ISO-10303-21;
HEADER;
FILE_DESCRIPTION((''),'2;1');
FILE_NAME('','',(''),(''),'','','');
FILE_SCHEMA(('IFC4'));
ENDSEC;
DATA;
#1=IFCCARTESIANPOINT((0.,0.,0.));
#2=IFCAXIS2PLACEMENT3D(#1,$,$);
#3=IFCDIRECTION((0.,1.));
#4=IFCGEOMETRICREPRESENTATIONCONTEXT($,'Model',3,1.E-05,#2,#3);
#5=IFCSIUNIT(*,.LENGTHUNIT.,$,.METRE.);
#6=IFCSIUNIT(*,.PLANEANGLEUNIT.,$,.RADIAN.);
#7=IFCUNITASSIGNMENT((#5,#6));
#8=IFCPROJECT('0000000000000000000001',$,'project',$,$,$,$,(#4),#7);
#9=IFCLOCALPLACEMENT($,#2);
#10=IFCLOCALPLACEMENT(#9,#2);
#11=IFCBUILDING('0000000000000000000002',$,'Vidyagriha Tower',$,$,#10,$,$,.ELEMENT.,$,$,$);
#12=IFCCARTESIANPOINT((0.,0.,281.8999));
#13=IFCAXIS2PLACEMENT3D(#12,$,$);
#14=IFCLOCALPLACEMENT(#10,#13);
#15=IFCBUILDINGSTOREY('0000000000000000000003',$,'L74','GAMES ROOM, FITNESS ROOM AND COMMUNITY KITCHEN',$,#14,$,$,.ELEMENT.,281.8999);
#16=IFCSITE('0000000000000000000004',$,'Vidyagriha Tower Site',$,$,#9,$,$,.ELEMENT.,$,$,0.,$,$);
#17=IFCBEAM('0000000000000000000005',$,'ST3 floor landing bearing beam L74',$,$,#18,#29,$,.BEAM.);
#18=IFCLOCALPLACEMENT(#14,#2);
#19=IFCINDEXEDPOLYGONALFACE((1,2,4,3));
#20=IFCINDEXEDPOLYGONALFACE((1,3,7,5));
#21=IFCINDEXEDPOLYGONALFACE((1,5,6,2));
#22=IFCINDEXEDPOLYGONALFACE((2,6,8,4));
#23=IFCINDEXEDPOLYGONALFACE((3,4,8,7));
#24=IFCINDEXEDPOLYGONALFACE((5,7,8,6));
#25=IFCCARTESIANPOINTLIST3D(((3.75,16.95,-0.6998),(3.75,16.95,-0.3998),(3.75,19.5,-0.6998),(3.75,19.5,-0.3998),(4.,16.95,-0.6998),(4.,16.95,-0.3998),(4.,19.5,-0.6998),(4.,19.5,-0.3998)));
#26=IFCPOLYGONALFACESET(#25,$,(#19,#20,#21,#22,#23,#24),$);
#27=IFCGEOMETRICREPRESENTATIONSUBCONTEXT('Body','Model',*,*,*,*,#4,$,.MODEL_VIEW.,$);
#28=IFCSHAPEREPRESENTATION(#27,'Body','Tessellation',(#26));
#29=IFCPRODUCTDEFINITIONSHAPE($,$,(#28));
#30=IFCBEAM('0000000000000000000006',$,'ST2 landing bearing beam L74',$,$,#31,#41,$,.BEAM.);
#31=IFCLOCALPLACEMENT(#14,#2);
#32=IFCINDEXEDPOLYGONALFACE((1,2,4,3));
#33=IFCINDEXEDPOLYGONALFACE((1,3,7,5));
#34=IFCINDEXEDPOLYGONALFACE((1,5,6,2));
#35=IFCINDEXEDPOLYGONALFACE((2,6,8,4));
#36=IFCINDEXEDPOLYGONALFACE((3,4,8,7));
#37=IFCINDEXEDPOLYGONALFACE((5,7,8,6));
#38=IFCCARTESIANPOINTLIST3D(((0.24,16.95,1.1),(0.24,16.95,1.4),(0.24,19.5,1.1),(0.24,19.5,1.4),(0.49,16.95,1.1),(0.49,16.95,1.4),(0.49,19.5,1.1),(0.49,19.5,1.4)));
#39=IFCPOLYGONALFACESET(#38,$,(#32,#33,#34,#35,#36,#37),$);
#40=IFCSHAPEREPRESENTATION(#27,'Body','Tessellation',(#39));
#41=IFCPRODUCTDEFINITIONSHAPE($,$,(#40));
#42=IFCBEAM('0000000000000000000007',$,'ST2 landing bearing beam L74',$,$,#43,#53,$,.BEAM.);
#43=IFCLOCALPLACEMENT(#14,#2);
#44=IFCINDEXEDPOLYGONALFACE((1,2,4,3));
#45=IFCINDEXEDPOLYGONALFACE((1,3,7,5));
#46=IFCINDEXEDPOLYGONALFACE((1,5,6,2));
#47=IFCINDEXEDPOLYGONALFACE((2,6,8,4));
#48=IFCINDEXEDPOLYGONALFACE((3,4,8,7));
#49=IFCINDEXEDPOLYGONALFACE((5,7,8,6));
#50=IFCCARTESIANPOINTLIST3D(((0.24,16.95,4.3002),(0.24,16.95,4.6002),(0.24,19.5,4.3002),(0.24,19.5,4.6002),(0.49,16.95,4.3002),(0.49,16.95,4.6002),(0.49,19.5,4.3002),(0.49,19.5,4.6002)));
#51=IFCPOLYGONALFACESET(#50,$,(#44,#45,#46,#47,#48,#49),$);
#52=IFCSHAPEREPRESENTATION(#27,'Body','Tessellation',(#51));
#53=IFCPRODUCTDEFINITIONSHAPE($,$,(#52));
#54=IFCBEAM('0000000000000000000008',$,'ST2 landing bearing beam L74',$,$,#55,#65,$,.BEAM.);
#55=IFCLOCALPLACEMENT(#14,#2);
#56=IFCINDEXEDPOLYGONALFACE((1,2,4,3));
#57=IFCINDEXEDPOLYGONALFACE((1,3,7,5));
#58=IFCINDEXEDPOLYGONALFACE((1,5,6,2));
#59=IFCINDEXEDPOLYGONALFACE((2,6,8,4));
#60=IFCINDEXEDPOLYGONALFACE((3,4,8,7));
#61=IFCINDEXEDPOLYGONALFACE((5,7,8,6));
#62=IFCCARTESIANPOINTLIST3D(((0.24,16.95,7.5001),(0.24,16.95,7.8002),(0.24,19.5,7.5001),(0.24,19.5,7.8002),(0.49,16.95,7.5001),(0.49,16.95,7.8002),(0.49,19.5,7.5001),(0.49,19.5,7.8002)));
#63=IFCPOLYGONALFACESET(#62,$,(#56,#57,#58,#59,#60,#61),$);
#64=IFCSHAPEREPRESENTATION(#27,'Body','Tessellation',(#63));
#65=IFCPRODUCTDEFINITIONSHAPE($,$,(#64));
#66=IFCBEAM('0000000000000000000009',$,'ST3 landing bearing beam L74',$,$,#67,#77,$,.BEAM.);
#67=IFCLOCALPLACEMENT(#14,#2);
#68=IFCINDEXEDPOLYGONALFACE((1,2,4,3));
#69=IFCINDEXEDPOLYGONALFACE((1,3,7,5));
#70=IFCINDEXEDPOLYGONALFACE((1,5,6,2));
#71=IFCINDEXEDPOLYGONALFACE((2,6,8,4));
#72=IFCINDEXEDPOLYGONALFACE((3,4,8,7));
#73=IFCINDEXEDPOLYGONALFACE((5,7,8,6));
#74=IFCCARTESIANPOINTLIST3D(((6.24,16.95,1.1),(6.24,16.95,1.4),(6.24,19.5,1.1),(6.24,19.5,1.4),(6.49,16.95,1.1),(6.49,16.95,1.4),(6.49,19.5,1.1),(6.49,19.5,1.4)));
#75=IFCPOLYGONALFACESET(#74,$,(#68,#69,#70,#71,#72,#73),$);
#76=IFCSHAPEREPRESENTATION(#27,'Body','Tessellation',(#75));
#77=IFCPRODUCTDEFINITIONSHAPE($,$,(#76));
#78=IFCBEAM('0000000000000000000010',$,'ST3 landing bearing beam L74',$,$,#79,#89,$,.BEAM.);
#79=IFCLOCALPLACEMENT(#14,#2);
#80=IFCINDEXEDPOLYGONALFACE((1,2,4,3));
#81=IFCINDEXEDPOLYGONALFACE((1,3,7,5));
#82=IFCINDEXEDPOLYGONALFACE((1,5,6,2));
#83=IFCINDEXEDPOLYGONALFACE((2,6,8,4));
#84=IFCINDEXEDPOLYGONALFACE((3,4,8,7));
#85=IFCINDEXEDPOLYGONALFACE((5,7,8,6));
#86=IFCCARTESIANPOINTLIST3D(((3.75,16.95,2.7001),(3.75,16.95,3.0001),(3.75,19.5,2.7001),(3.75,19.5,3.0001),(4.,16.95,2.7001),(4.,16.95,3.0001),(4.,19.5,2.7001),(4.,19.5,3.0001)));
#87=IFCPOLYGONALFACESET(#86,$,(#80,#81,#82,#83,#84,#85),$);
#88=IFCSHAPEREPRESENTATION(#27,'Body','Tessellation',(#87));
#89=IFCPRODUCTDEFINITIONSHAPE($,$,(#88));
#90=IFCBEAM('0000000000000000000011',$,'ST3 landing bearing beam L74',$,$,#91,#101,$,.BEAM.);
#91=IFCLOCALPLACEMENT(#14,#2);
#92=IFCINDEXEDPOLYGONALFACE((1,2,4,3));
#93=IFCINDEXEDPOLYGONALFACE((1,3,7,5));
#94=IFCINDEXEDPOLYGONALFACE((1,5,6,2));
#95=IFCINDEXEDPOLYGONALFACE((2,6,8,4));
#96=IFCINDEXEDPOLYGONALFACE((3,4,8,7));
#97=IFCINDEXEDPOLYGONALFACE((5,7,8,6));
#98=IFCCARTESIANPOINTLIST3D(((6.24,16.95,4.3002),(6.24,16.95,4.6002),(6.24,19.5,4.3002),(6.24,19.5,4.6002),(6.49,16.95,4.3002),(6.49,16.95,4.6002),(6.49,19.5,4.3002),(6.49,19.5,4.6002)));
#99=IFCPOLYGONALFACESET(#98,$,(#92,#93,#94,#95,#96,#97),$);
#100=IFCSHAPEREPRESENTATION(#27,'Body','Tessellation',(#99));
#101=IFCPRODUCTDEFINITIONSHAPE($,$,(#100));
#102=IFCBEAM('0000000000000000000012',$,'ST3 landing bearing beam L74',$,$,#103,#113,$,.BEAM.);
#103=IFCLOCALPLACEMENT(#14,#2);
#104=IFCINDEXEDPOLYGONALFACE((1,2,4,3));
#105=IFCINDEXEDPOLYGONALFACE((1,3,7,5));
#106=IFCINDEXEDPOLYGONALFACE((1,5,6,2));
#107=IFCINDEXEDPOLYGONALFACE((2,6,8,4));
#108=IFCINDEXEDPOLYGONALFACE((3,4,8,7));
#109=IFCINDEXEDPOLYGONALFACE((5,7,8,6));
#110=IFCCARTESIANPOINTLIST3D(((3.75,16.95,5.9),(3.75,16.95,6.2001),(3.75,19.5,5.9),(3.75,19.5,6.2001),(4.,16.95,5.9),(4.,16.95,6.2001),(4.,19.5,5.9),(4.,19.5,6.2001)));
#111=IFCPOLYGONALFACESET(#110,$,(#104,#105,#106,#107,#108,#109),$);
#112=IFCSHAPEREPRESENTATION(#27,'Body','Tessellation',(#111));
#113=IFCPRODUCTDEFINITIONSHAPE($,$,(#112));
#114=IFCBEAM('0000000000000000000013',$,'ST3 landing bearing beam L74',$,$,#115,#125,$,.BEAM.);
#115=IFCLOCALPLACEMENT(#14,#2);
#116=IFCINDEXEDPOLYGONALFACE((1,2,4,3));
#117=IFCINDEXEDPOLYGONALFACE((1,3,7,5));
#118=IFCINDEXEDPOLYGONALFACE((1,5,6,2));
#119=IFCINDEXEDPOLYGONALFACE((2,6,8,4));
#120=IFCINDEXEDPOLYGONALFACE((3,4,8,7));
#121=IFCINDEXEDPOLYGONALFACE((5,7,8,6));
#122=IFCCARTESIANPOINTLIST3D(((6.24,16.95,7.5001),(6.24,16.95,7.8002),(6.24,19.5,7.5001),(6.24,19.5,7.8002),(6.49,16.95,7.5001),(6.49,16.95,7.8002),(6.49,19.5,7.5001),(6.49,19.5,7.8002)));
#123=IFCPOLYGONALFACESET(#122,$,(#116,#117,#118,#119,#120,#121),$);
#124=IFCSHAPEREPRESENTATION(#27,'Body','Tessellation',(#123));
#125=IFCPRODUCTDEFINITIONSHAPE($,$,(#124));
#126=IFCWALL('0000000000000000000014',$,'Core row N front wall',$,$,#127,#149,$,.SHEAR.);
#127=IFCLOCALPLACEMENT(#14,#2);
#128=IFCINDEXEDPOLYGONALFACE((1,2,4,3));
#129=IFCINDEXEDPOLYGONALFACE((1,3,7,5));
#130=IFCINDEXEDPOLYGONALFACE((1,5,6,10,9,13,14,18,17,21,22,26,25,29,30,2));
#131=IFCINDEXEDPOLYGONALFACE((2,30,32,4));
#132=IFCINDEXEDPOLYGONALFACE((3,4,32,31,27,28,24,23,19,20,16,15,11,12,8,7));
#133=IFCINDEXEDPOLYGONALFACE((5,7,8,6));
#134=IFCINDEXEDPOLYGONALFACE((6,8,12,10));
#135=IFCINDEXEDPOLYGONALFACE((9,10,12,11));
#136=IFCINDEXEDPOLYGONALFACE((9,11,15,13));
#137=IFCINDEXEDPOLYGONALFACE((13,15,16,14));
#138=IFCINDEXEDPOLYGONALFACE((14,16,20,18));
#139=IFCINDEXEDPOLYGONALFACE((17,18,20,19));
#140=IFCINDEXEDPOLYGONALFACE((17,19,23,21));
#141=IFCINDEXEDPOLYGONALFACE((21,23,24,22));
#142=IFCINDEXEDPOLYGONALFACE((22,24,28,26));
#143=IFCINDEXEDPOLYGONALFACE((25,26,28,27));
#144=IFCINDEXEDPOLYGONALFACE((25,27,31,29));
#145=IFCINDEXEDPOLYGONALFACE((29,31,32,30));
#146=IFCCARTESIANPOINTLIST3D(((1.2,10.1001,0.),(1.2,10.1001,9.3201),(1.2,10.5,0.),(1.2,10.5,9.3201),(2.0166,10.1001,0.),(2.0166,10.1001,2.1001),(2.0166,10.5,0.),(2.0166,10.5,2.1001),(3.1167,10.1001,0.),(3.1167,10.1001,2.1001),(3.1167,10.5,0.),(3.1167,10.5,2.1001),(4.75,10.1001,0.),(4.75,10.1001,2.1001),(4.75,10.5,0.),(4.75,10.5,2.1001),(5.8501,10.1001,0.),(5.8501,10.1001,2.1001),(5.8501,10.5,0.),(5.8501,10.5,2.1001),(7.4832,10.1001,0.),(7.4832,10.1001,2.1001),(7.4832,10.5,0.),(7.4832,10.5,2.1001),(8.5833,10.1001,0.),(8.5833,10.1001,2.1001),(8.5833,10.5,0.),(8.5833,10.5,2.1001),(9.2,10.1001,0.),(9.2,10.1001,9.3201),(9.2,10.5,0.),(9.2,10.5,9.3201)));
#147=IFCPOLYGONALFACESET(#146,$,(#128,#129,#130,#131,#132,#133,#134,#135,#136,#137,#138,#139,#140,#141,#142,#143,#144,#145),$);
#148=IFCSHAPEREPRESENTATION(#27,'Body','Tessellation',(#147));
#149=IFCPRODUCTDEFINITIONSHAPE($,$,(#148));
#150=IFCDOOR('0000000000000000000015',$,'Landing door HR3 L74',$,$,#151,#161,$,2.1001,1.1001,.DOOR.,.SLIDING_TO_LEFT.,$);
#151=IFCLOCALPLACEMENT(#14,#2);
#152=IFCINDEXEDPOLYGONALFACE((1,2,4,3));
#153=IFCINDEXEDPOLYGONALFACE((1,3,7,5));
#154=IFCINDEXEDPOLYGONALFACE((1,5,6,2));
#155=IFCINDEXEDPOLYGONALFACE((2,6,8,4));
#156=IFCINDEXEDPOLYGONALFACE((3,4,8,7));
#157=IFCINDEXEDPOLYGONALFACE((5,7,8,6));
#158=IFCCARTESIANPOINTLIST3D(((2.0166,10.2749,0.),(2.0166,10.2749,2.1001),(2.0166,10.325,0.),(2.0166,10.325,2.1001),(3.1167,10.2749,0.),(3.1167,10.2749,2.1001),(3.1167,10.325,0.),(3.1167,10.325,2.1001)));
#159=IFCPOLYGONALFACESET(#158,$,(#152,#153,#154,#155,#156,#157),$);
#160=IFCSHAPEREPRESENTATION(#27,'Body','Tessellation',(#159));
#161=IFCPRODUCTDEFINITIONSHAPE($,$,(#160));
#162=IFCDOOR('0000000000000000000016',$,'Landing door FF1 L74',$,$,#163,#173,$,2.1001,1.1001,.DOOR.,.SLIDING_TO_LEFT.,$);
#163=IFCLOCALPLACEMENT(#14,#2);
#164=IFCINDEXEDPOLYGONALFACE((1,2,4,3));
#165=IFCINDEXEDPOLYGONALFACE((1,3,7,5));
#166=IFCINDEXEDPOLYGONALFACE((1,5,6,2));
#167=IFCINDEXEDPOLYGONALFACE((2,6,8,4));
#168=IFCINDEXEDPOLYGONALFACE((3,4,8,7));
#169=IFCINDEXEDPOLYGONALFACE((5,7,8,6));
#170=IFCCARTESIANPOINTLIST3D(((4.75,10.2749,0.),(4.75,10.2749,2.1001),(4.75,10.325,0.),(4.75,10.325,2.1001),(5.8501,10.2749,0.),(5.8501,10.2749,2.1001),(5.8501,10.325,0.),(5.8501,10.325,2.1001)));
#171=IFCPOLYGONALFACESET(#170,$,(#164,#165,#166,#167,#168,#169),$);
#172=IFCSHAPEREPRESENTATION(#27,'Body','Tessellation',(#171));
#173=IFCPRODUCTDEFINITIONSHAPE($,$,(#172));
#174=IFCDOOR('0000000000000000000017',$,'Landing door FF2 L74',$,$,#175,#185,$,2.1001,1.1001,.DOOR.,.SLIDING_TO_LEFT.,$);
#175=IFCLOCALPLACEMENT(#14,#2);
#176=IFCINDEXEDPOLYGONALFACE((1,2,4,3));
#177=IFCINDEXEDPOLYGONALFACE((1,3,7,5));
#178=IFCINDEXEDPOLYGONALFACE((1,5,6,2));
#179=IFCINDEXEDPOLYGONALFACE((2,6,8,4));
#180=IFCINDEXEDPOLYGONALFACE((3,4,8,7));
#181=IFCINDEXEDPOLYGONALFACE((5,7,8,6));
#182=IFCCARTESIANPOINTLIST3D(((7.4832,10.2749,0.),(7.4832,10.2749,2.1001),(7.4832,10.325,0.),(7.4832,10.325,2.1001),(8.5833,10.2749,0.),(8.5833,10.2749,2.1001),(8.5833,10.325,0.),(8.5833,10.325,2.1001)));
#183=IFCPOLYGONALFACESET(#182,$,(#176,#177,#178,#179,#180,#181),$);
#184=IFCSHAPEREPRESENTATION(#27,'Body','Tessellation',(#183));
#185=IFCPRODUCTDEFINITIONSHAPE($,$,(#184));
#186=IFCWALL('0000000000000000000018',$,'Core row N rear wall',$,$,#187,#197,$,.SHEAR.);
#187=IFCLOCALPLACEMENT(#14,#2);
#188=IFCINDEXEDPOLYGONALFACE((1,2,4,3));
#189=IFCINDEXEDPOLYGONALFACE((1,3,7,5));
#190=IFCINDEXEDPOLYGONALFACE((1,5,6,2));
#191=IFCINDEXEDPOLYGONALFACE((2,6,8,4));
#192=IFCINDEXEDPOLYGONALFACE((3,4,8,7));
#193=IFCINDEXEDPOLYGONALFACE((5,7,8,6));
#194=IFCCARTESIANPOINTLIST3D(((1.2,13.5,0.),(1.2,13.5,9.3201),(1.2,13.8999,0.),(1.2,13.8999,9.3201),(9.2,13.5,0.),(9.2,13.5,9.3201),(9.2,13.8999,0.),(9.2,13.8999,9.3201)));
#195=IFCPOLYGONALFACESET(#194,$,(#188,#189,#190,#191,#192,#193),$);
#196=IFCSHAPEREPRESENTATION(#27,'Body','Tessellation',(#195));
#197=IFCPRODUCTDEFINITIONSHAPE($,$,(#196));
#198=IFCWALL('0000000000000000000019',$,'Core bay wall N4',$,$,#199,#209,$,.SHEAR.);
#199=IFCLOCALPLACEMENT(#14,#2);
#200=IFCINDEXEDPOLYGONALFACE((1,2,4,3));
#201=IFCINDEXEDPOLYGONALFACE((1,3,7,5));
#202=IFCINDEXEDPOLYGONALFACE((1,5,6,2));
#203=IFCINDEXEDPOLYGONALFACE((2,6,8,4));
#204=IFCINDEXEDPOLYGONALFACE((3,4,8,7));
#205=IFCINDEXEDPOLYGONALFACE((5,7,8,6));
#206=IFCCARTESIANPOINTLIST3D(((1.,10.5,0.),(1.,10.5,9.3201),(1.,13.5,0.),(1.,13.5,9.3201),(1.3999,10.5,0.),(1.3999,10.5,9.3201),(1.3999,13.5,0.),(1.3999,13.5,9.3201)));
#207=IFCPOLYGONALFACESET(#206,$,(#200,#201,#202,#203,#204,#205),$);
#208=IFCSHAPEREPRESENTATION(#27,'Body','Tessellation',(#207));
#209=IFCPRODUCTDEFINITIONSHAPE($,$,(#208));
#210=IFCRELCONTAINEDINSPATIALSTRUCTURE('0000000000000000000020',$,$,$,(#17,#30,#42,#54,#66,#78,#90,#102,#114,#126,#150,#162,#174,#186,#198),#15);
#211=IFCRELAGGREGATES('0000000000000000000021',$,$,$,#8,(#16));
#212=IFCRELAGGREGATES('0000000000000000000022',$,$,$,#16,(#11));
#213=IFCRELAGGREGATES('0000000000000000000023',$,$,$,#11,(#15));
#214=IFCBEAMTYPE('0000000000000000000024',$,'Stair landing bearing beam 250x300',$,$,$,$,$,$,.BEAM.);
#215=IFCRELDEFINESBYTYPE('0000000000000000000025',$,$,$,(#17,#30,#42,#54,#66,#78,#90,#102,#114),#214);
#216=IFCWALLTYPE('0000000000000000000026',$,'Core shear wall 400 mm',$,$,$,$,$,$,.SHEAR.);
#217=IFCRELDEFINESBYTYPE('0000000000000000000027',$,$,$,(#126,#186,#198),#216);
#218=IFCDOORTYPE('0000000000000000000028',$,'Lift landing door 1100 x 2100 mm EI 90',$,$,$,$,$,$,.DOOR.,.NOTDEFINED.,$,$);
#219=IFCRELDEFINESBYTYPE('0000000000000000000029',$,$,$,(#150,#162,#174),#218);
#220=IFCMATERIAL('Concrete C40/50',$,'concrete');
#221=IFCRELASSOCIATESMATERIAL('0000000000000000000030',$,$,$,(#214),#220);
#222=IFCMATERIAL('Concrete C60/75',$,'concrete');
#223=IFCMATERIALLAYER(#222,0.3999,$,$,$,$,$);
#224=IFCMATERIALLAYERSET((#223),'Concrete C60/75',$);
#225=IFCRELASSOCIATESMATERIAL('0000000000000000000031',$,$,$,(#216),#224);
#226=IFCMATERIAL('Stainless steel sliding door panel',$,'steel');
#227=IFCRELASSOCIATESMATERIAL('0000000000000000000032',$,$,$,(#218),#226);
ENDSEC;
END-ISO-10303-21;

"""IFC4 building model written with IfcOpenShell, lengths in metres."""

from ifc_helpers import new_model, si_unit, direction, frame, frame_2d, origin, origin_2d, place, context, subcontext, project, spatial, rectangle, extrude, material, layer, layer_set, material_profile, profile_set, type_object, element, fill, save


model = new_model("IFC4")

# Units and contexts
model_context = context("Model", 3, precision=1e-05, world=origin(), true_north=direction((0.0, 1.0)))
body_context = subcontext(model_context, "Body", "Model", "MODEL_VIEW")
ifc_project = project(units=[si_unit("LENGTHUNIT", "METRE"), si_unit("PLANEANGLEUNIT", "RADIAN")], contexts=[model_context])

# Site, building, storey
site_placement = place(None, origin())
site = spatial("IfcSite", under=ifc_project, at=site_placement, Name="Vidyagriha Tower Site", CompositionType="ELEMENT", RefElevation=0.0)
building_placement = place(site_placement, origin())
building = spatial("IfcBuilding", under=site, at=building_placement, Name="Vidyagriha Tower", CompositionType="ELEMENT")
storey_placement = place(building_placement, frame((0.0, 0.0, 281.8999)))
storey = spatial("IfcBuildingStorey", under=building, at=storey_placement, Name="L74", Description="GAMES ROOM, FITNESS ROOM AND COMMUNITY KITCHEN", CompositionType="ELEMENT", Elevation=281.8999)

# Beams
ifc_material_1 = material(Name="Concrete C40/50", Category="concrete")
ifc_material_profile = material_profile(ifc_material_1, rectangle(XDim=0.25, YDim=0.3, at=origin_2d()), Name="Stair landing bearing beam 250x300")
ifc_profile_set = profile_set([ifc_material_profile], Name="Concrete C40/50")
beam_type = type_object("IfcBeamType", Name="Stair landing bearing beam 250x300", PredefinedType="BEAM", material=ifc_profile_set)
for number, where, z_axis, x_axis, name in (
    (1, (3.875, 16.95, -0.5498), (0.0, 1.0, 0.0), (-1.0, 0.0, 0.0), "ST3 floor landing bearing beam L74"),
    (2, (0.365, 16.95, 1.25), (0.0, 1.0, 0.0), (-1.0, 0.0, 0.0), "ST2 landing bearing beam L74"),
    (3, (0.365, 16.95, 4.4502), (0.0, 1.0, 0.0), (-1.0, 0.0, 0.0), "ST2 landing bearing beam L74"),
    (4, (0.365, 16.95, 7.6501), (0.0, 1.0, 0.0), (-1.0, 0.0, 0.0), "ST2 landing bearing beam L74"),
    (5, (6.365, 16.95, 1.25), (0.0, 1.0, 0.0), (-1.0, 0.0, 0.0), "ST3 landing bearing beam L74"),
    (6, (3.875, 16.95, 2.8501), (0.0, 1.0, 0.0), (-1.0, 0.0, 0.0), "ST3 landing bearing beam L74"),
    (7, (6.365, 16.95, 4.4502), (0.0, 1.0, 0.0), (-1.0, 0.0, 0.0), "ST3 landing bearing beam L74"),
    (8, (3.875, 16.95, 6.05), (0.0, 1.0, 0.0), (-1.0, 0.0, 0.0), "ST3 landing bearing beam L74"),
    (9, (6.365, 16.95, 7.6501), (0.0, 1.0, 0.0), (-1.0, 0.0, 0.0), "ST3 landing bearing beam L74"),
):
    element("IfcBeam", number, at=place(storey_placement, frame(where, z_axis=z_axis, x_axis=x_axis)), inside=storey, type_object=beam_type, Name=name, PredefinedType="BEAM", context=body_context, shape_type="SweptSolid", body=[
        extrude(rectangle(XDim=0.25, YDim=0.3, at=origin_2d()), origin(), (0.0, 0.0, 1.0), 2.55),
    ])

# Wall, openings, doors
ifc_material_2 = material(Name="Concrete C60/75", Category="concrete")
ifc_layer_1 = layer(ifc_material_2, 0.3999)
ifc_layer_set_1 = layer_set([ifc_layer_1], Name="Concrete C60/75")
wall_type_1 = type_object("IfcWallType", Name="Core shear wall 400 mm", PredefinedType="SHEAR", material=ifc_layer_set_1)
wall_1_placement = place(storey_placement, frame((1.2, 10.3, 0.0)))
wall_1 = element("IfcWall", 10, at=wall_1_placement, inside=storey, type_object=wall_type_1, Name="Core row N front wall", PredefinedType="SHEAR", context=body_context, shape_type="SweptSolid", body=[
    extrude(rectangle(XDim=8.0, YDim=0.3999, at=frame_2d((4.0, 0.0))), origin(), (0.0, 0.0, 1.0), 9.3201),
])
opening_1_placement = place(wall_1_placement, frame((0.8167, 0.0, 0.0)))
opening_1 = element("IfcOpeningElement", 11, at=opening_1_placement, cuts=wall_1, PredefinedType="OPENING", context=body_context, shape_type="SweptSolid", body=[
    extrude(rectangle(XDim=1.1001, YDim=2.1001, at=frame_2d((0.55, 1.05))), frame((0.0, 0.21, 0.0), z_axis=(0.0, -1.0, 0.0), x_axis=(1.0, 0.0, 0.0)), (0.0, 0.0, 1.0), 0.4199),
])
opening_2_placement = place(wall_1_placement, frame((3.55, 0.0, 0.0)))
opening_2 = element("IfcOpeningElement", 12, at=opening_2_placement, cuts=wall_1, PredefinedType="OPENING", context=body_context, shape_type="SweptSolid", body=[
    extrude(rectangle(XDim=1.1001, YDim=2.1001, at=frame_2d((0.55, 1.05))), frame((0.0, 0.21, 0.0), z_axis=(0.0, -1.0, 0.0), x_axis=(1.0, 0.0, 0.0)), (0.0, 0.0, 1.0), 0.4199),
])
opening_3_placement = place(wall_1_placement, frame((6.2832, 0.0, 0.0)))
opening_3 = element("IfcOpeningElement", 13, at=opening_3_placement, cuts=wall_1, PredefinedType="OPENING", context=body_context, shape_type="SweptSolid", body=[
    extrude(rectangle(XDim=1.1001, YDim=2.1001, at=frame_2d((0.55, 1.05))), frame((0.0, 0.21, 0.0), z_axis=(0.0, -1.0, 0.0), x_axis=(1.0, 0.0, 0.0)), (0.0, 0.0, 1.0), 0.4199),
])
ifc_material_3 = material(Name="Stainless steel sliding door panel", Category="steel")
door_type = type_object("IfcDoorType", Name="Lift landing door 1100 x 2100 mm EI 90", OperationType="NOTDEFINED", PredefinedType="DOOR", material=ifc_material_3)
door_1_placement = place(opening_1_placement, origin())
door_1 = element("IfcDoor", 14, at=door_1_placement, inside=storey, type_object=door_type, Name="Landing door HR3 L74", OperationType="SLIDING_TO_LEFT", OverallHeight=2.1001, OverallWidth=1.1001, PredefinedType="DOOR", context=body_context, shape_type="SweptSolid", body=[
    extrude(rectangle(XDim=1.1001, YDim=2.1001, at=frame_2d((0.55, 1.05))), frame((0.0, 0.0249, 0.0), z_axis=(0.0, -1.0, 0.0), x_axis=(1.0, 0.0, 0.0)), (0.0, 0.0, 1.0), 0.05),
])
fill(opening_1, door_1)
door_2_placement = place(opening_2_placement, origin())
door_2 = element("IfcDoor", 15, at=door_2_placement, inside=storey, type_object=door_type, Name="Landing door FF1 L74", OperationType="SLIDING_TO_LEFT", OverallHeight=2.1001, OverallWidth=1.1001, PredefinedType="DOOR", context=body_context, shape_type="SweptSolid", body=[
    extrude(rectangle(XDim=1.1001, YDim=2.1001, at=frame_2d((0.55, 1.05))), frame((0.0, 0.0249, 0.0), z_axis=(0.0, -1.0, 0.0), x_axis=(1.0, 0.0, 0.0)), (0.0, 0.0, 1.0), 0.05),
])
fill(opening_2, door_2)
door_3_placement = place(opening_3_placement, origin())
door_3 = element("IfcDoor", 16, at=door_3_placement, inside=storey, type_object=door_type, Name="Landing door FF2 L74", OperationType="SLIDING_TO_LEFT", OverallHeight=2.1001, OverallWidth=1.1001, PredefinedType="DOOR", context=body_context, shape_type="SweptSolid", body=[
    extrude(rectangle(XDim=1.1001, YDim=2.1001, at=frame_2d((0.55, 1.05))), frame((0.0, 0.0249, 0.0), z_axis=(0.0, -1.0, 0.0), x_axis=(1.0, 0.0, 0.0)), (0.0, 0.0, 1.0), 0.05),
])
fill(opening_3, door_3)

# Walls
wall_2_placement = place(storey_placement, frame((1.2, 13.7, 0.0)))
element("IfcWall", 17, at=wall_2_placement, inside=storey, type_object=wall_type_1, Name="Core row N rear wall", PredefinedType="SHEAR", context=body_context, shape_type="SweptSolid", body=[
    extrude(rectangle(XDim=8.0, YDim=0.3999, at=frame_2d((4.0, 0.0))), origin(), (0.0, 0.0, 1.0), 9.3201),
])
for number, where, z_axis, x_axis, name in (
    (18, (1.2, 10.5, 0.0), (0.0, 0.0, 1.0), (0.0, 1.0, 0.0), "Core bay wall N4"),
):
    element("IfcWall", number, at=place(storey_placement, frame(where, z_axis=z_axis, x_axis=x_axis)), inside=storey, type_object=wall_type_1, Name=name, PredefinedType="SHEAR", context=body_context, shape_type="SweptSolid", body=[
        extrude(rectangle(XDim=3.0, YDim=0.3999, at=frame_2d((1.5, 0.0))), origin(), (0.0, 0.0, 1.0), 9.3201),
    ])

save(model, "model.ifc")
